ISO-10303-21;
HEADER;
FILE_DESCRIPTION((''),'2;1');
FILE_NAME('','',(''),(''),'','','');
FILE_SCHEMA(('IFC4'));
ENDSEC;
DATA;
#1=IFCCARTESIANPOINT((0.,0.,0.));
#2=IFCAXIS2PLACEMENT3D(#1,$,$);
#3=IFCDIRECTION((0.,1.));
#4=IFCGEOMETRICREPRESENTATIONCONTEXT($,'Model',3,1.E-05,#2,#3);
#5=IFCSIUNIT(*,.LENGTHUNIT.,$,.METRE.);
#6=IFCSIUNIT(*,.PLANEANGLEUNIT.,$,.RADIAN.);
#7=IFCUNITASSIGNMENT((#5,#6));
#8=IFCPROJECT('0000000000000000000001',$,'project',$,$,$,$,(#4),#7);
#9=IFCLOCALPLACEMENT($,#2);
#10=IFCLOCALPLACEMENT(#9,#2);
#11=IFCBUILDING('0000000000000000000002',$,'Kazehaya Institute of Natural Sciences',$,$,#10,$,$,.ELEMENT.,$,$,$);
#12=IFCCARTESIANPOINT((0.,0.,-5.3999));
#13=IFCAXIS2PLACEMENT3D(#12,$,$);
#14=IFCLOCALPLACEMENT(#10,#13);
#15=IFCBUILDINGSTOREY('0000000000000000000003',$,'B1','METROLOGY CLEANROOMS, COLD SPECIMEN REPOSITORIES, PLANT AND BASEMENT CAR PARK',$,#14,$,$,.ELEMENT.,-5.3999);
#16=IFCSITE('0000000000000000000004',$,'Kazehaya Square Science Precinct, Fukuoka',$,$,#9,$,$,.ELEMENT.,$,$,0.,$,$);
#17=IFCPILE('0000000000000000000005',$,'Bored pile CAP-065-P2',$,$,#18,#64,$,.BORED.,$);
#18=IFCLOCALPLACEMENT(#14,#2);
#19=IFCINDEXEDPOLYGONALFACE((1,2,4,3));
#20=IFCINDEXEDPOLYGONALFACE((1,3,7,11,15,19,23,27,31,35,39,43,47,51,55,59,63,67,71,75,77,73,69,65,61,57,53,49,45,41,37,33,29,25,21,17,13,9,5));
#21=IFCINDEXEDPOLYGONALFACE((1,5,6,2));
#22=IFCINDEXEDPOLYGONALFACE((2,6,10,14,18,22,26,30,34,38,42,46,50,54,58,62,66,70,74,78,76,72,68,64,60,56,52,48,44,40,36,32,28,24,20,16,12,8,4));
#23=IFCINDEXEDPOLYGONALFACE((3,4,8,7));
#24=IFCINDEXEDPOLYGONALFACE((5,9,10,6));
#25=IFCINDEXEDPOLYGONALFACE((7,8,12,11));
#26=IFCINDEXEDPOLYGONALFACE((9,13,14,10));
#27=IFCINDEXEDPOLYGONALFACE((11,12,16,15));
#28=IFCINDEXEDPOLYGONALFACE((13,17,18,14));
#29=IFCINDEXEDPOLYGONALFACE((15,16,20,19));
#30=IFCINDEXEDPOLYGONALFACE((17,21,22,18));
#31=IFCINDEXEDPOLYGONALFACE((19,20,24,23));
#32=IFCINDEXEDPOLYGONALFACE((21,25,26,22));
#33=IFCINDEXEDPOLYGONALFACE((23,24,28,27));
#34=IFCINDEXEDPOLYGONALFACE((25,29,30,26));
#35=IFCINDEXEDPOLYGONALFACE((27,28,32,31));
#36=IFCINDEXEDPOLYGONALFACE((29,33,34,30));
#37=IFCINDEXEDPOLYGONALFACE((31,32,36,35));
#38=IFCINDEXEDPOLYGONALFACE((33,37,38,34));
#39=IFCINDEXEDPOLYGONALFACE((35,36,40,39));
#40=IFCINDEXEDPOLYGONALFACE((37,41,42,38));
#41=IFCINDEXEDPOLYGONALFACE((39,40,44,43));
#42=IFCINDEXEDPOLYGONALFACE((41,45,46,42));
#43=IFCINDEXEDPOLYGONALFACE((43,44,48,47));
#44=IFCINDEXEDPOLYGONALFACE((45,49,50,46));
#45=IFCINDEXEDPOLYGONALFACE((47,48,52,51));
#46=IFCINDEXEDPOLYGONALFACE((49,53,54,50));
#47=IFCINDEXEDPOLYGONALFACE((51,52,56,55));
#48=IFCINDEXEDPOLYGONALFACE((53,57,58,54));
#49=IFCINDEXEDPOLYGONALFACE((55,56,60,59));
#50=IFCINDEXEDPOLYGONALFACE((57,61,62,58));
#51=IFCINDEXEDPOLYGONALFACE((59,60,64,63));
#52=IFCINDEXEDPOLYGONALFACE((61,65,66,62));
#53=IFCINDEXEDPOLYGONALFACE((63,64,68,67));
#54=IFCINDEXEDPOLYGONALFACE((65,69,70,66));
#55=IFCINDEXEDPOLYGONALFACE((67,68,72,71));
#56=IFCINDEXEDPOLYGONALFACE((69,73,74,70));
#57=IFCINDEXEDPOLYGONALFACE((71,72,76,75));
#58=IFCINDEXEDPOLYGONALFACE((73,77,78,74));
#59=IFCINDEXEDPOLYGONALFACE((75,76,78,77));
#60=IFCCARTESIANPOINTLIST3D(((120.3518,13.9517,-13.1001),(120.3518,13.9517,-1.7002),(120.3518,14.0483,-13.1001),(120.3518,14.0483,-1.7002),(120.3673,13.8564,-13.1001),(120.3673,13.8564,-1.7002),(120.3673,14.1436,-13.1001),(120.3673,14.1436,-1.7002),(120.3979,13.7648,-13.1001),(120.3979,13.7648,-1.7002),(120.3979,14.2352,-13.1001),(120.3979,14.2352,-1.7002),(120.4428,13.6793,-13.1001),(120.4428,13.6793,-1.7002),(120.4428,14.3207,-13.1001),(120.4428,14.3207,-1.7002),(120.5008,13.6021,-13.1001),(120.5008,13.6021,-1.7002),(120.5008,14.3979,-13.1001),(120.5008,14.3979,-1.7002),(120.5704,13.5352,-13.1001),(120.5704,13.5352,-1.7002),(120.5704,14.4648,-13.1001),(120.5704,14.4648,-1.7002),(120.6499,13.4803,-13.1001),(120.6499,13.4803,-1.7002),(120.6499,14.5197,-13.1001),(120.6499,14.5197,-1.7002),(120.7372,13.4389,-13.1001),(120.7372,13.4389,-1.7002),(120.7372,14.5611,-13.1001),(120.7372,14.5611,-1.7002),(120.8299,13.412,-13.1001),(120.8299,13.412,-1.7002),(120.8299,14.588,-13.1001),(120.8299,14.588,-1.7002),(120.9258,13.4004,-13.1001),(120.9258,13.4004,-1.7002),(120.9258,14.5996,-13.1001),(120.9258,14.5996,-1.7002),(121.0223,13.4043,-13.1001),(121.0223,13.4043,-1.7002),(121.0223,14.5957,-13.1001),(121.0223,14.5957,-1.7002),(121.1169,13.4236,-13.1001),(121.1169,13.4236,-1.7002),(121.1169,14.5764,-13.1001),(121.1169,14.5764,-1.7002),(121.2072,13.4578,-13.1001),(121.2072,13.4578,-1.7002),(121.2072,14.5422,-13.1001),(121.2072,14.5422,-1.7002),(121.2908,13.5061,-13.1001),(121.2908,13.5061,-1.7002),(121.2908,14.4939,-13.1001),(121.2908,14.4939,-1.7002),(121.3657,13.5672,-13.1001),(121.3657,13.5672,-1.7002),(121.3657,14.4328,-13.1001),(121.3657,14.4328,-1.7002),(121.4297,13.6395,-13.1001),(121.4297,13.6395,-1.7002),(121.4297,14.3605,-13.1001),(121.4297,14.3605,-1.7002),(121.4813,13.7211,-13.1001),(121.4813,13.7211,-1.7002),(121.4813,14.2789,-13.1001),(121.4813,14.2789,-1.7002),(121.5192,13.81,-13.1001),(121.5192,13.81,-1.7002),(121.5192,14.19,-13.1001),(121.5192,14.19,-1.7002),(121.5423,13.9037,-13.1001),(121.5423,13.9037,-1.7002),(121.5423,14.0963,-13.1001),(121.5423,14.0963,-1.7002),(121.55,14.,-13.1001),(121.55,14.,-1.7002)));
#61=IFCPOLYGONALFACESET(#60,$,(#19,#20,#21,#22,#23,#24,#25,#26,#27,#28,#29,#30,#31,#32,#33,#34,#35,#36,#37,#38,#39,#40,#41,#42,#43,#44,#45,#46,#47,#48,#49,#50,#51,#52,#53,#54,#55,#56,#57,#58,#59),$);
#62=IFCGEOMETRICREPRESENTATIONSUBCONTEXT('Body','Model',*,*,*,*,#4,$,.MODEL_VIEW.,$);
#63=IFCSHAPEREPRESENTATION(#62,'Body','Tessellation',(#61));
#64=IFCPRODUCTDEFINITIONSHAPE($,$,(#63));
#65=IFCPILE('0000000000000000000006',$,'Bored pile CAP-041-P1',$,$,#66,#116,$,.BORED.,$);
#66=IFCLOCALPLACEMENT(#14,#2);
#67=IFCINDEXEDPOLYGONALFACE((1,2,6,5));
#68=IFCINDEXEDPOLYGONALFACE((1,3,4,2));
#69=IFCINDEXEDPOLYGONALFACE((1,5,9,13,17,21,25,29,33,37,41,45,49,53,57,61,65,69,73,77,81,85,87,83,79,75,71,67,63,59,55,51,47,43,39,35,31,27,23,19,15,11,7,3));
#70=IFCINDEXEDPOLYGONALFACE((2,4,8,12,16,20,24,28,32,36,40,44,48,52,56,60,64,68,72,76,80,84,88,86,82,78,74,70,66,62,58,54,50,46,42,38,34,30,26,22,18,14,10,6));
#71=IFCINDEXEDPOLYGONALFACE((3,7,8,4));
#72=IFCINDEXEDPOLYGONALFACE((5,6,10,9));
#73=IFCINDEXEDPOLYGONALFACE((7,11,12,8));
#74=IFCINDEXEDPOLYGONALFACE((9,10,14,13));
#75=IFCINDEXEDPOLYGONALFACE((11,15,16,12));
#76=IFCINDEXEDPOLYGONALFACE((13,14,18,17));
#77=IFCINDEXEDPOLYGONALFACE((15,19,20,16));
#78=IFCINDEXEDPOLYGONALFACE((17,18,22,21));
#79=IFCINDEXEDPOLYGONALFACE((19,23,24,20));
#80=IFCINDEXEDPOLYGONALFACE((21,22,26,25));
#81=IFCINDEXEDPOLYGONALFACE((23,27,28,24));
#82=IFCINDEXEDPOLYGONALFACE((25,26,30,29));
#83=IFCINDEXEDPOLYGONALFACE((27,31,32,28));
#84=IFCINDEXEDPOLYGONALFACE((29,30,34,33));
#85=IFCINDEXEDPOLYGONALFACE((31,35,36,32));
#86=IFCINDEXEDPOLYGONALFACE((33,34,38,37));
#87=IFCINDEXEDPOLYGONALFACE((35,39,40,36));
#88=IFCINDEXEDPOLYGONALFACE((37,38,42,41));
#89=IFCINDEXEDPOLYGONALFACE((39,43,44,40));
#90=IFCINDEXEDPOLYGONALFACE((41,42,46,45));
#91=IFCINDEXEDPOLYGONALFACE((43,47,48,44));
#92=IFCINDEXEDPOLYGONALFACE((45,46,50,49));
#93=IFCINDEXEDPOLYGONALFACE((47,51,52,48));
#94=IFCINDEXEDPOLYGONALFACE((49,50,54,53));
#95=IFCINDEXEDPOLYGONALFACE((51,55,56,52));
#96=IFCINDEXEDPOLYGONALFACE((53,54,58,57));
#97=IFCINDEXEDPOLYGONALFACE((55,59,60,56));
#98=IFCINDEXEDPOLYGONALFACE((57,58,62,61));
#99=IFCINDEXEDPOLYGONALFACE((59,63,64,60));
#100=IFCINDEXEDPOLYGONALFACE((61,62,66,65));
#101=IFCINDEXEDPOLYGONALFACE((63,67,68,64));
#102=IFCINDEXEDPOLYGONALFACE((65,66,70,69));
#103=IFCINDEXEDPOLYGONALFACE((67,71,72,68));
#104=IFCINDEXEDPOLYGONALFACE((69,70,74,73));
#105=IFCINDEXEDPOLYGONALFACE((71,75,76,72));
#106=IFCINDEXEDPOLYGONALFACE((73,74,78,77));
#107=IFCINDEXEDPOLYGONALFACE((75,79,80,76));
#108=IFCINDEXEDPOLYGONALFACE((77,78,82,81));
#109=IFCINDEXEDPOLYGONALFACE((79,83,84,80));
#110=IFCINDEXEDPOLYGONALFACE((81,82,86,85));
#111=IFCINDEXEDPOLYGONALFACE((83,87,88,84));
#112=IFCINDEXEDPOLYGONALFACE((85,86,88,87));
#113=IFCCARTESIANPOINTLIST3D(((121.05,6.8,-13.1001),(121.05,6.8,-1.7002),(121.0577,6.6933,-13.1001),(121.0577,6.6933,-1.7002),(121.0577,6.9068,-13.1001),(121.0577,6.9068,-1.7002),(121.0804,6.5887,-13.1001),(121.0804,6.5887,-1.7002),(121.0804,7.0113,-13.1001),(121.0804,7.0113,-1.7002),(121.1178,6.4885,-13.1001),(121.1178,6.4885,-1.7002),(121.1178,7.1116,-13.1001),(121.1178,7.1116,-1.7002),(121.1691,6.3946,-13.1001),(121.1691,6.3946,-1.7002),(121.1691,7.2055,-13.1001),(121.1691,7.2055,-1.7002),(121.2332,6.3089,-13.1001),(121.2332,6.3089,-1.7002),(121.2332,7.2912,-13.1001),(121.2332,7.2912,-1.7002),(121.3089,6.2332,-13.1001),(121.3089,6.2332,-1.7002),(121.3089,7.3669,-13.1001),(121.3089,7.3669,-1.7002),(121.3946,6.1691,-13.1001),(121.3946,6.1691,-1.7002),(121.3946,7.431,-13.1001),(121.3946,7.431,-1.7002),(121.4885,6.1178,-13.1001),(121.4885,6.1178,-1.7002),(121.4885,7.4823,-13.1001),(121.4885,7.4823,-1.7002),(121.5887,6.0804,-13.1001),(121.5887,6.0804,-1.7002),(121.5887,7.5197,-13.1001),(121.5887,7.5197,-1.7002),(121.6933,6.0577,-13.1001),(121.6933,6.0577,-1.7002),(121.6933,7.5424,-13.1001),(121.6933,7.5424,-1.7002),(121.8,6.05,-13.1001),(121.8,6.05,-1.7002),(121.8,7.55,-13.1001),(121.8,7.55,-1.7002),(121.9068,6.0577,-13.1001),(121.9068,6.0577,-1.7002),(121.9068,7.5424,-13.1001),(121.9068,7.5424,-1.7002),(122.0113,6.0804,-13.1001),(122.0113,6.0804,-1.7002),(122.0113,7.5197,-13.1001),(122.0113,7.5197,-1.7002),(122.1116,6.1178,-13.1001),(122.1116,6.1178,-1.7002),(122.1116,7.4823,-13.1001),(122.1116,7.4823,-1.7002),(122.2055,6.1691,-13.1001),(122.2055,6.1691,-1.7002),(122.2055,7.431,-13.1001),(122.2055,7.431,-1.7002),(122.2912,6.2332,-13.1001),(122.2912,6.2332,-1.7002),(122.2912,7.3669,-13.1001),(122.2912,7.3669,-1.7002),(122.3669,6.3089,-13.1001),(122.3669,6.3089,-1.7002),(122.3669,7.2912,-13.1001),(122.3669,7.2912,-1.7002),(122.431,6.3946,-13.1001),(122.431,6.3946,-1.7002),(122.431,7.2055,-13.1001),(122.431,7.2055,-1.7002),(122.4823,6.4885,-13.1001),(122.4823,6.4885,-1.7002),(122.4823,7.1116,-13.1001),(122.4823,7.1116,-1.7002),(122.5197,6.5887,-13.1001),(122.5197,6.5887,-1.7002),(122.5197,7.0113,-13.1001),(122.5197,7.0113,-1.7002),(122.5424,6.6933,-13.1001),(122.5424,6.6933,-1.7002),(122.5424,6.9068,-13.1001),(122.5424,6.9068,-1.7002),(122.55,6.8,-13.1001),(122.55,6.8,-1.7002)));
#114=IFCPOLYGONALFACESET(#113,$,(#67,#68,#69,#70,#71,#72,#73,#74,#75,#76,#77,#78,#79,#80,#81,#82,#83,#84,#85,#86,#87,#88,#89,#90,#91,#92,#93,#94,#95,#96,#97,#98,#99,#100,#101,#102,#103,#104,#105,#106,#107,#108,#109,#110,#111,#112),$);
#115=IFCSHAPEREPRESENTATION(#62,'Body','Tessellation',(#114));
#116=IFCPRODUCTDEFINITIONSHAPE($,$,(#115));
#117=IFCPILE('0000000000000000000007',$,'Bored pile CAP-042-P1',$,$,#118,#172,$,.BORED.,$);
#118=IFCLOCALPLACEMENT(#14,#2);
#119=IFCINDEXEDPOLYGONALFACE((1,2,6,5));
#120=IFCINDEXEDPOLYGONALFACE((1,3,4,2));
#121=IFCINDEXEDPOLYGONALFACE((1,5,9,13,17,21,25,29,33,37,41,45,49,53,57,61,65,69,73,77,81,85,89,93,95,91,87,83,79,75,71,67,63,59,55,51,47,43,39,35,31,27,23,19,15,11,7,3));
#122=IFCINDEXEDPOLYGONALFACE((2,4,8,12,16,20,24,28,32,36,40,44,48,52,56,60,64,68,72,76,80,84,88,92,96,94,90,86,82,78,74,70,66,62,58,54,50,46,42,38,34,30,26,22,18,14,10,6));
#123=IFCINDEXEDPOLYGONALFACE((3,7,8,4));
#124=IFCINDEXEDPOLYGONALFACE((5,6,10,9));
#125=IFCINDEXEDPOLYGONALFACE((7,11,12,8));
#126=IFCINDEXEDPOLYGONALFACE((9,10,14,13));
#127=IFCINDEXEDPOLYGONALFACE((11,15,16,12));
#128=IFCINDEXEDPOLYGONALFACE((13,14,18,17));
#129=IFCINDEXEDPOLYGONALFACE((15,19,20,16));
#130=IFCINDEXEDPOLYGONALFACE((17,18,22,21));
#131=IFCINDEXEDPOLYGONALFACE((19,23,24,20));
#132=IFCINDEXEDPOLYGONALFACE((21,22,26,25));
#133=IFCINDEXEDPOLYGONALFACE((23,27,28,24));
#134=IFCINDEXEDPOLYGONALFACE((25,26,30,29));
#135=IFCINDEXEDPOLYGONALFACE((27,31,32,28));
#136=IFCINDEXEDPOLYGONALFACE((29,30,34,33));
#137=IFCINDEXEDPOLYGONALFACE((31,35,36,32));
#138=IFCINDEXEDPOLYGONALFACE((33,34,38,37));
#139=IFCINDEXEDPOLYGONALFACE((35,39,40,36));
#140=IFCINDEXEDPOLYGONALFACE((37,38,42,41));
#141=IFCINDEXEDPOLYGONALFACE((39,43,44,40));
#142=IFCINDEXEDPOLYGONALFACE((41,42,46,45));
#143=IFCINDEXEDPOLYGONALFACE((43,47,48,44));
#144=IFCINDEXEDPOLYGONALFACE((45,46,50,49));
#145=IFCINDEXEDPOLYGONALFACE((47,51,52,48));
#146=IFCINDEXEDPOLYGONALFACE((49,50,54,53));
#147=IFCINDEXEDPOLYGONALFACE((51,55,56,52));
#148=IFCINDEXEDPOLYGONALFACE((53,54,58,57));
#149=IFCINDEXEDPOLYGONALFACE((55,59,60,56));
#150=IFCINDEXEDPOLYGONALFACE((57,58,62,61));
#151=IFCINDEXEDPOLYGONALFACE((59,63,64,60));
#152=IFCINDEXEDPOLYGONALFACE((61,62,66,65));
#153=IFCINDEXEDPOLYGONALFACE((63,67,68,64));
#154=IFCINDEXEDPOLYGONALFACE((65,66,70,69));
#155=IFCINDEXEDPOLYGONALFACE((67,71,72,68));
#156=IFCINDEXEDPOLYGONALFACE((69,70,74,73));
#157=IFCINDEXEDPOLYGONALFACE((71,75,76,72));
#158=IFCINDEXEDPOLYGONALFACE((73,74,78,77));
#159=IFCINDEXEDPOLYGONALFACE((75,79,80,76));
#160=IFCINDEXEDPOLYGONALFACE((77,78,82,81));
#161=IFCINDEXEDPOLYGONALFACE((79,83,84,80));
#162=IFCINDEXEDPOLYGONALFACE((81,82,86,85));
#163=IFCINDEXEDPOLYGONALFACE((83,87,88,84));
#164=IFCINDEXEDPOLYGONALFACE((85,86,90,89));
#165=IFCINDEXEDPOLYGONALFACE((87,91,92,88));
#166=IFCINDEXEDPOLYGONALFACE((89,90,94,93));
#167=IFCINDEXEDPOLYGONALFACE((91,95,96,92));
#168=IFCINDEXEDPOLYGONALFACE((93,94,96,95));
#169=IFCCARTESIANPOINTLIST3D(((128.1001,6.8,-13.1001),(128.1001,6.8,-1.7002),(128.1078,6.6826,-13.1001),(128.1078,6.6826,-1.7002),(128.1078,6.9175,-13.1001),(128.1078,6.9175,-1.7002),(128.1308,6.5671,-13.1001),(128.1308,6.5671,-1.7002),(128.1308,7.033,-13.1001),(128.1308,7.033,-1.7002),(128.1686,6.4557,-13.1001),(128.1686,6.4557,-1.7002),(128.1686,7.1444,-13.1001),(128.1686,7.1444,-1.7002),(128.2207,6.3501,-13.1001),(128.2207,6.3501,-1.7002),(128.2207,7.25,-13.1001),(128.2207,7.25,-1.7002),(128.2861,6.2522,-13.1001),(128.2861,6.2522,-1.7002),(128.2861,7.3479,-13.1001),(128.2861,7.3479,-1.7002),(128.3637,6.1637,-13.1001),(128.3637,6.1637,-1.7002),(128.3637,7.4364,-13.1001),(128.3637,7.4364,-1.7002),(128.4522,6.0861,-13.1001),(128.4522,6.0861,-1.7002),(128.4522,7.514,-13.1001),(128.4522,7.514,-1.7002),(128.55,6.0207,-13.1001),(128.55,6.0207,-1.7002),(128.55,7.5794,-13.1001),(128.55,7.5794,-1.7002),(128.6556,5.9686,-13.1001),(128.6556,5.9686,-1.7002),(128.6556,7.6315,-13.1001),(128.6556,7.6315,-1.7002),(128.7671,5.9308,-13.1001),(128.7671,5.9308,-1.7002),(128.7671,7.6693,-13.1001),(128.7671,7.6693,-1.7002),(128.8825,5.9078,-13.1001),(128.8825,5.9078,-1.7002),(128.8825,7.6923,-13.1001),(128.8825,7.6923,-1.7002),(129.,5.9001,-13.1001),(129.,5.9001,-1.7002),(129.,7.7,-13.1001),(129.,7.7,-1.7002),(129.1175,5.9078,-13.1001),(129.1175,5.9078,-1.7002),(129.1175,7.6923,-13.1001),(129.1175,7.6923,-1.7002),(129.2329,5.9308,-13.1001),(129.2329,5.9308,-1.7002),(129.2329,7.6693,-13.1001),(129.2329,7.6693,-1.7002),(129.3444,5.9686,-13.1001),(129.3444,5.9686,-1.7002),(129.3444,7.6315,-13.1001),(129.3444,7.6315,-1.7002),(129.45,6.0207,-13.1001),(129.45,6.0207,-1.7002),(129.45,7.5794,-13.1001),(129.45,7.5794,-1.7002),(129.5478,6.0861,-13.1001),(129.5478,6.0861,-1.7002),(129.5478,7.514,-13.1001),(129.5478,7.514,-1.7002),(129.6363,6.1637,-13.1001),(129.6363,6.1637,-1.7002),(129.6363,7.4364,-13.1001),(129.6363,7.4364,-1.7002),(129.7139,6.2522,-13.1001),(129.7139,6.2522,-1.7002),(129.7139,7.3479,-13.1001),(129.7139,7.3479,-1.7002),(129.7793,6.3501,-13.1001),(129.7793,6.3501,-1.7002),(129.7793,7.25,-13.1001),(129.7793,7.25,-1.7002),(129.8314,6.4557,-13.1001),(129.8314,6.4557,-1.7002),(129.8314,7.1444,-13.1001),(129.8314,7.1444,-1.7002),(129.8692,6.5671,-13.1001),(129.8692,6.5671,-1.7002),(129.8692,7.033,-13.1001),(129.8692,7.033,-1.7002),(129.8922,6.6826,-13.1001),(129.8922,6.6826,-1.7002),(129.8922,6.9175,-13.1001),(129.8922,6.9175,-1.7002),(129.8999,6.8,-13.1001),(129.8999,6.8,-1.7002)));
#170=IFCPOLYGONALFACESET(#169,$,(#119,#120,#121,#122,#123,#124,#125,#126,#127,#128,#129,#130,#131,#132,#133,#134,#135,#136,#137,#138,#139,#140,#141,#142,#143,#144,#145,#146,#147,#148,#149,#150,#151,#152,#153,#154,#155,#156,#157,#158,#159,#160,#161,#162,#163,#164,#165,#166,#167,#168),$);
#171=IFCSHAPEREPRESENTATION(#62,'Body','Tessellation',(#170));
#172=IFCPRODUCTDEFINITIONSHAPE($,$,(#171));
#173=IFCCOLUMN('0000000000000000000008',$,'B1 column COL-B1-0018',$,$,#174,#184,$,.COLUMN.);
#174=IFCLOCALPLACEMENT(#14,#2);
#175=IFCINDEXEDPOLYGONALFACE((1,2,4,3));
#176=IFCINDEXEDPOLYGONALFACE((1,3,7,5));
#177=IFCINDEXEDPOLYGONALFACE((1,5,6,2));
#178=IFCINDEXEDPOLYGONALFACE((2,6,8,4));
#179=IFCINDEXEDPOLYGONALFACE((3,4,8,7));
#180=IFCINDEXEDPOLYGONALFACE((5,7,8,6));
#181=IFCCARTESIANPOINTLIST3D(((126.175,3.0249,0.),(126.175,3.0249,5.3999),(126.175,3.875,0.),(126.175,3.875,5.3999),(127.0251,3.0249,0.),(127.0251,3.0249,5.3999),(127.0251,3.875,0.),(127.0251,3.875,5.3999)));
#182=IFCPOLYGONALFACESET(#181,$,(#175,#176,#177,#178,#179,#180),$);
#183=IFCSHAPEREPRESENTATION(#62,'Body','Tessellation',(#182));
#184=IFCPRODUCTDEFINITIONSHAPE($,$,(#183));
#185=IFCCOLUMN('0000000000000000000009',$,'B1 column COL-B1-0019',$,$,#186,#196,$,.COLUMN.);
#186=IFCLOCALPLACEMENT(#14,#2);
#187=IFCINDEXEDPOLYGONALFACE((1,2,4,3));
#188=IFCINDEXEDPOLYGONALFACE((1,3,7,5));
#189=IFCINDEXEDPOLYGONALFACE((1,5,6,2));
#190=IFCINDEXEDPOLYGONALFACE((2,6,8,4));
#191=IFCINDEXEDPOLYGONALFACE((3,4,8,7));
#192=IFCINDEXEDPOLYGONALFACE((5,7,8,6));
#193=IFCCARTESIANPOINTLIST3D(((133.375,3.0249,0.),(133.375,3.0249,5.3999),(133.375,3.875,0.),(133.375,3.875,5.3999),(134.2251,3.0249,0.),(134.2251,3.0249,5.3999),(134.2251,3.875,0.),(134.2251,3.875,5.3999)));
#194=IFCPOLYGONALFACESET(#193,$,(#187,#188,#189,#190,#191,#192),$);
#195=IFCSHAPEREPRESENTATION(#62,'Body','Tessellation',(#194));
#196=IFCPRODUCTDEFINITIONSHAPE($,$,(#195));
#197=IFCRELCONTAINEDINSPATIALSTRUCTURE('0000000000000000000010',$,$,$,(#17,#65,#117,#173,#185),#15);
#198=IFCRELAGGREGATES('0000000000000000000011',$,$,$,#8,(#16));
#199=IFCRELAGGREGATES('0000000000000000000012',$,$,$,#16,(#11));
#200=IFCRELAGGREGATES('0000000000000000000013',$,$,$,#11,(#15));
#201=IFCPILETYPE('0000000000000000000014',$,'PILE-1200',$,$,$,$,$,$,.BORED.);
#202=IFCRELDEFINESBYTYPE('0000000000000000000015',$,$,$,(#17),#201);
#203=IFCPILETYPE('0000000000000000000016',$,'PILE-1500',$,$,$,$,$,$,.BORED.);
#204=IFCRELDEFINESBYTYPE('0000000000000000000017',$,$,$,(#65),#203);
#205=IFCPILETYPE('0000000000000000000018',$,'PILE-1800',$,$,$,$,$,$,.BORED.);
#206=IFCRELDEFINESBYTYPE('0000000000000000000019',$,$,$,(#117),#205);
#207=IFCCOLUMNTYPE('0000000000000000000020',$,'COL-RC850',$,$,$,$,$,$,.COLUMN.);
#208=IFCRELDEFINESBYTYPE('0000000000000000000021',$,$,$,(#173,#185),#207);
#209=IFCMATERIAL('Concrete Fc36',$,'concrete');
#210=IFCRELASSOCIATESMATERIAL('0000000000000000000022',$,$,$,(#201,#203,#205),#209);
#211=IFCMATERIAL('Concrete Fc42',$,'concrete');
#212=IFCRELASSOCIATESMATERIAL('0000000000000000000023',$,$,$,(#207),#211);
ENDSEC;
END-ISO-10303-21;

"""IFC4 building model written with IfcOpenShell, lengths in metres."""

from ifc_helpers import new_model, si_unit, direction, frame, origin, origin_2d, place, context, subcontext, project, spatial, rectangle, circle, extrude, material, material_profile, profile_set, type_object, element, save


model = new_model("IFC4")

# Units and contexts
model_context = context("Model", 3, precision=1e-05, world=origin(), true_north=direction((0.0, 1.0)))
body_context = subcontext(model_context, "Body", "Model", "MODEL_VIEW")
ifc_project = project(units=[si_unit("LENGTHUNIT", "METRE"), si_unit("PLANEANGLEUNIT", "RADIAN")], contexts=[model_context])

# Site, building, storey
site_placement = place(None, origin())
site = spatial("IfcSite", under=ifc_project, at=site_placement, Name="Kazehaya Square Science Precinct, Fukuoka", CompositionType="ELEMENT", RefElevation=0.0)
building_placement = place(site_placement, origin())
building = spatial("IfcBuilding", under=site, at=building_placement, Name="Kazehaya Institute of Natural Sciences", CompositionType="ELEMENT")
storey_placement = place(building_placement, frame((0.0, 0.0, -5.3999)))
storey = spatial("IfcBuildingStorey", under=building, at=storey_placement, Name="B1", Description="METROLOGY CLEANROOMS, COLD SPECIMEN REPOSITORIES, PLANT AND BASEMENT CAR PARK", CompositionType="ELEMENT", Elevation=-5.3999)

# Shared definitions
ifc_material_1 = material(Name="Concrete Fc36", Category="concrete")

# Piles
ifc_material_profile_1 = material_profile(ifc_material_1, circle(Radius=0.6001, at=origin_2d()), Name="PILE-1200")
ifc_profile_set_1 = profile_set([ifc_material_profile_1], Name="Concrete Fc36")
pile_type_1 = type_object("IfcPileType", Name="PILE-1200", PredefinedType="BORED", material=ifc_profile_set_1)
for number, where, z_axis, x_axis, name in (
    (1, (120.95, 14.0, -1.7002), (0.0, 0.0, -1.0), (1.0, 0.0, 0.0), "Bored pile CAP-065-P2"),
):
    element("IfcPile", number, at=place(storey_placement, frame(where, z_axis=z_axis, x_axis=x_axis)), inside=storey, type_object=pile_type_1, Name=name, PredefinedType="BORED", context=body_context, shape_type="SweptSolid", body=[
        extrude(circle(Radius=0.6001, at=origin_2d()), origin(), (0.0, 0.0, 1.0), 11.3999),
    ])
ifc_material_profile_2 = material_profile(ifc_material_1, circle(Radius=0.75, at=origin_2d()), Name="PILE-1500")
ifc_profile_set_2 = profile_set([ifc_material_profile_2], Name="Concrete Fc36")
pile_type_2 = type_object("IfcPileType", Name="PILE-1500", PredefinedType="BORED", material=ifc_profile_set_2)
pile_1_placement = place(storey_placement, frame((121.8, 6.8, -1.7002), z_axis=(0.0, 0.0, -1.0), x_axis=(1.0, 0.0, 0.0)))
element("IfcPile", 2, at=pile_1_placement, inside=storey, type_object=pile_type_2, Name="Bored pile CAP-041-P1", PredefinedType="BORED", context=body_context, shape_type="SweptSolid", body=[
    extrude(circle(Radius=0.75, at=origin_2d()), origin(), (0.0, 0.0, 1.0), 11.3999),
])
ifc_material_profile_3 = material_profile(ifc_material_1, circle(Radius=0.8999, at=origin_2d()), Name="PILE-1800")
ifc_profile_set_3 = profile_set([ifc_material_profile_3], Name="Concrete Fc36")
pile_type_3 = type_object("IfcPileType", Name="PILE-1800", PredefinedType="BORED", material=ifc_profile_set_3)
pile_2_placement = place(storey_placement, frame((129.0, 6.8, -1.7002), z_axis=(0.0, 0.0, -1.0), x_axis=(1.0, 0.0, 0.0)))
element("IfcPile", 3, at=pile_2_placement, inside=storey, type_object=pile_type_3, Name="Bored pile CAP-042-P1", PredefinedType="BORED", context=body_context, shape_type="SweptSolid", body=[
    extrude(circle(Radius=0.8999, at=origin_2d()), origin(), (0.0, 0.0, 1.0), 11.3999),
])

# Columns
ifc_material_2 = material(Name="Concrete Fc42", Category="concrete")
ifc_material_profile_4 = material_profile(ifc_material_2, rectangle(XDim=0.8501, YDim=0.8501, at=origin_2d()), Name="RC-850x850")
ifc_profile_set_4 = profile_set([ifc_material_profile_4], Name="Concrete Fc42")
column_type = type_object("IfcColumnType", Name="COL-RC850", PredefinedType="COLUMN", material=ifc_profile_set_4)
for number, where, z_axis, x_axis, name in (
    (4, (126.6001, 3.45, 0.0), (0.0, 0.0, 1.0), (1.0, 0.0, 0.0), "B1 column COL-B1-0018"),
    (5, (133.8, 3.45, 0.0), (0.0, 0.0, 1.0), (1.0, 0.0, 0.0), "B1 column COL-B1-0019"),
):
    element("IfcColumn", number, at=place(storey_placement, frame(where, z_axis=z_axis, x_axis=x_axis)), inside=storey, type_object=column_type, Name=name, PredefinedType="COLUMN", context=body_context, shape_type="SweptSolid", body=[
        extrude(rectangle(XDim=0.8501, YDim=0.8501, at=origin_2d()), origin(), (0.0, 0.0, 1.0), 5.3999),
    ])

save(model, "model.ifc")
